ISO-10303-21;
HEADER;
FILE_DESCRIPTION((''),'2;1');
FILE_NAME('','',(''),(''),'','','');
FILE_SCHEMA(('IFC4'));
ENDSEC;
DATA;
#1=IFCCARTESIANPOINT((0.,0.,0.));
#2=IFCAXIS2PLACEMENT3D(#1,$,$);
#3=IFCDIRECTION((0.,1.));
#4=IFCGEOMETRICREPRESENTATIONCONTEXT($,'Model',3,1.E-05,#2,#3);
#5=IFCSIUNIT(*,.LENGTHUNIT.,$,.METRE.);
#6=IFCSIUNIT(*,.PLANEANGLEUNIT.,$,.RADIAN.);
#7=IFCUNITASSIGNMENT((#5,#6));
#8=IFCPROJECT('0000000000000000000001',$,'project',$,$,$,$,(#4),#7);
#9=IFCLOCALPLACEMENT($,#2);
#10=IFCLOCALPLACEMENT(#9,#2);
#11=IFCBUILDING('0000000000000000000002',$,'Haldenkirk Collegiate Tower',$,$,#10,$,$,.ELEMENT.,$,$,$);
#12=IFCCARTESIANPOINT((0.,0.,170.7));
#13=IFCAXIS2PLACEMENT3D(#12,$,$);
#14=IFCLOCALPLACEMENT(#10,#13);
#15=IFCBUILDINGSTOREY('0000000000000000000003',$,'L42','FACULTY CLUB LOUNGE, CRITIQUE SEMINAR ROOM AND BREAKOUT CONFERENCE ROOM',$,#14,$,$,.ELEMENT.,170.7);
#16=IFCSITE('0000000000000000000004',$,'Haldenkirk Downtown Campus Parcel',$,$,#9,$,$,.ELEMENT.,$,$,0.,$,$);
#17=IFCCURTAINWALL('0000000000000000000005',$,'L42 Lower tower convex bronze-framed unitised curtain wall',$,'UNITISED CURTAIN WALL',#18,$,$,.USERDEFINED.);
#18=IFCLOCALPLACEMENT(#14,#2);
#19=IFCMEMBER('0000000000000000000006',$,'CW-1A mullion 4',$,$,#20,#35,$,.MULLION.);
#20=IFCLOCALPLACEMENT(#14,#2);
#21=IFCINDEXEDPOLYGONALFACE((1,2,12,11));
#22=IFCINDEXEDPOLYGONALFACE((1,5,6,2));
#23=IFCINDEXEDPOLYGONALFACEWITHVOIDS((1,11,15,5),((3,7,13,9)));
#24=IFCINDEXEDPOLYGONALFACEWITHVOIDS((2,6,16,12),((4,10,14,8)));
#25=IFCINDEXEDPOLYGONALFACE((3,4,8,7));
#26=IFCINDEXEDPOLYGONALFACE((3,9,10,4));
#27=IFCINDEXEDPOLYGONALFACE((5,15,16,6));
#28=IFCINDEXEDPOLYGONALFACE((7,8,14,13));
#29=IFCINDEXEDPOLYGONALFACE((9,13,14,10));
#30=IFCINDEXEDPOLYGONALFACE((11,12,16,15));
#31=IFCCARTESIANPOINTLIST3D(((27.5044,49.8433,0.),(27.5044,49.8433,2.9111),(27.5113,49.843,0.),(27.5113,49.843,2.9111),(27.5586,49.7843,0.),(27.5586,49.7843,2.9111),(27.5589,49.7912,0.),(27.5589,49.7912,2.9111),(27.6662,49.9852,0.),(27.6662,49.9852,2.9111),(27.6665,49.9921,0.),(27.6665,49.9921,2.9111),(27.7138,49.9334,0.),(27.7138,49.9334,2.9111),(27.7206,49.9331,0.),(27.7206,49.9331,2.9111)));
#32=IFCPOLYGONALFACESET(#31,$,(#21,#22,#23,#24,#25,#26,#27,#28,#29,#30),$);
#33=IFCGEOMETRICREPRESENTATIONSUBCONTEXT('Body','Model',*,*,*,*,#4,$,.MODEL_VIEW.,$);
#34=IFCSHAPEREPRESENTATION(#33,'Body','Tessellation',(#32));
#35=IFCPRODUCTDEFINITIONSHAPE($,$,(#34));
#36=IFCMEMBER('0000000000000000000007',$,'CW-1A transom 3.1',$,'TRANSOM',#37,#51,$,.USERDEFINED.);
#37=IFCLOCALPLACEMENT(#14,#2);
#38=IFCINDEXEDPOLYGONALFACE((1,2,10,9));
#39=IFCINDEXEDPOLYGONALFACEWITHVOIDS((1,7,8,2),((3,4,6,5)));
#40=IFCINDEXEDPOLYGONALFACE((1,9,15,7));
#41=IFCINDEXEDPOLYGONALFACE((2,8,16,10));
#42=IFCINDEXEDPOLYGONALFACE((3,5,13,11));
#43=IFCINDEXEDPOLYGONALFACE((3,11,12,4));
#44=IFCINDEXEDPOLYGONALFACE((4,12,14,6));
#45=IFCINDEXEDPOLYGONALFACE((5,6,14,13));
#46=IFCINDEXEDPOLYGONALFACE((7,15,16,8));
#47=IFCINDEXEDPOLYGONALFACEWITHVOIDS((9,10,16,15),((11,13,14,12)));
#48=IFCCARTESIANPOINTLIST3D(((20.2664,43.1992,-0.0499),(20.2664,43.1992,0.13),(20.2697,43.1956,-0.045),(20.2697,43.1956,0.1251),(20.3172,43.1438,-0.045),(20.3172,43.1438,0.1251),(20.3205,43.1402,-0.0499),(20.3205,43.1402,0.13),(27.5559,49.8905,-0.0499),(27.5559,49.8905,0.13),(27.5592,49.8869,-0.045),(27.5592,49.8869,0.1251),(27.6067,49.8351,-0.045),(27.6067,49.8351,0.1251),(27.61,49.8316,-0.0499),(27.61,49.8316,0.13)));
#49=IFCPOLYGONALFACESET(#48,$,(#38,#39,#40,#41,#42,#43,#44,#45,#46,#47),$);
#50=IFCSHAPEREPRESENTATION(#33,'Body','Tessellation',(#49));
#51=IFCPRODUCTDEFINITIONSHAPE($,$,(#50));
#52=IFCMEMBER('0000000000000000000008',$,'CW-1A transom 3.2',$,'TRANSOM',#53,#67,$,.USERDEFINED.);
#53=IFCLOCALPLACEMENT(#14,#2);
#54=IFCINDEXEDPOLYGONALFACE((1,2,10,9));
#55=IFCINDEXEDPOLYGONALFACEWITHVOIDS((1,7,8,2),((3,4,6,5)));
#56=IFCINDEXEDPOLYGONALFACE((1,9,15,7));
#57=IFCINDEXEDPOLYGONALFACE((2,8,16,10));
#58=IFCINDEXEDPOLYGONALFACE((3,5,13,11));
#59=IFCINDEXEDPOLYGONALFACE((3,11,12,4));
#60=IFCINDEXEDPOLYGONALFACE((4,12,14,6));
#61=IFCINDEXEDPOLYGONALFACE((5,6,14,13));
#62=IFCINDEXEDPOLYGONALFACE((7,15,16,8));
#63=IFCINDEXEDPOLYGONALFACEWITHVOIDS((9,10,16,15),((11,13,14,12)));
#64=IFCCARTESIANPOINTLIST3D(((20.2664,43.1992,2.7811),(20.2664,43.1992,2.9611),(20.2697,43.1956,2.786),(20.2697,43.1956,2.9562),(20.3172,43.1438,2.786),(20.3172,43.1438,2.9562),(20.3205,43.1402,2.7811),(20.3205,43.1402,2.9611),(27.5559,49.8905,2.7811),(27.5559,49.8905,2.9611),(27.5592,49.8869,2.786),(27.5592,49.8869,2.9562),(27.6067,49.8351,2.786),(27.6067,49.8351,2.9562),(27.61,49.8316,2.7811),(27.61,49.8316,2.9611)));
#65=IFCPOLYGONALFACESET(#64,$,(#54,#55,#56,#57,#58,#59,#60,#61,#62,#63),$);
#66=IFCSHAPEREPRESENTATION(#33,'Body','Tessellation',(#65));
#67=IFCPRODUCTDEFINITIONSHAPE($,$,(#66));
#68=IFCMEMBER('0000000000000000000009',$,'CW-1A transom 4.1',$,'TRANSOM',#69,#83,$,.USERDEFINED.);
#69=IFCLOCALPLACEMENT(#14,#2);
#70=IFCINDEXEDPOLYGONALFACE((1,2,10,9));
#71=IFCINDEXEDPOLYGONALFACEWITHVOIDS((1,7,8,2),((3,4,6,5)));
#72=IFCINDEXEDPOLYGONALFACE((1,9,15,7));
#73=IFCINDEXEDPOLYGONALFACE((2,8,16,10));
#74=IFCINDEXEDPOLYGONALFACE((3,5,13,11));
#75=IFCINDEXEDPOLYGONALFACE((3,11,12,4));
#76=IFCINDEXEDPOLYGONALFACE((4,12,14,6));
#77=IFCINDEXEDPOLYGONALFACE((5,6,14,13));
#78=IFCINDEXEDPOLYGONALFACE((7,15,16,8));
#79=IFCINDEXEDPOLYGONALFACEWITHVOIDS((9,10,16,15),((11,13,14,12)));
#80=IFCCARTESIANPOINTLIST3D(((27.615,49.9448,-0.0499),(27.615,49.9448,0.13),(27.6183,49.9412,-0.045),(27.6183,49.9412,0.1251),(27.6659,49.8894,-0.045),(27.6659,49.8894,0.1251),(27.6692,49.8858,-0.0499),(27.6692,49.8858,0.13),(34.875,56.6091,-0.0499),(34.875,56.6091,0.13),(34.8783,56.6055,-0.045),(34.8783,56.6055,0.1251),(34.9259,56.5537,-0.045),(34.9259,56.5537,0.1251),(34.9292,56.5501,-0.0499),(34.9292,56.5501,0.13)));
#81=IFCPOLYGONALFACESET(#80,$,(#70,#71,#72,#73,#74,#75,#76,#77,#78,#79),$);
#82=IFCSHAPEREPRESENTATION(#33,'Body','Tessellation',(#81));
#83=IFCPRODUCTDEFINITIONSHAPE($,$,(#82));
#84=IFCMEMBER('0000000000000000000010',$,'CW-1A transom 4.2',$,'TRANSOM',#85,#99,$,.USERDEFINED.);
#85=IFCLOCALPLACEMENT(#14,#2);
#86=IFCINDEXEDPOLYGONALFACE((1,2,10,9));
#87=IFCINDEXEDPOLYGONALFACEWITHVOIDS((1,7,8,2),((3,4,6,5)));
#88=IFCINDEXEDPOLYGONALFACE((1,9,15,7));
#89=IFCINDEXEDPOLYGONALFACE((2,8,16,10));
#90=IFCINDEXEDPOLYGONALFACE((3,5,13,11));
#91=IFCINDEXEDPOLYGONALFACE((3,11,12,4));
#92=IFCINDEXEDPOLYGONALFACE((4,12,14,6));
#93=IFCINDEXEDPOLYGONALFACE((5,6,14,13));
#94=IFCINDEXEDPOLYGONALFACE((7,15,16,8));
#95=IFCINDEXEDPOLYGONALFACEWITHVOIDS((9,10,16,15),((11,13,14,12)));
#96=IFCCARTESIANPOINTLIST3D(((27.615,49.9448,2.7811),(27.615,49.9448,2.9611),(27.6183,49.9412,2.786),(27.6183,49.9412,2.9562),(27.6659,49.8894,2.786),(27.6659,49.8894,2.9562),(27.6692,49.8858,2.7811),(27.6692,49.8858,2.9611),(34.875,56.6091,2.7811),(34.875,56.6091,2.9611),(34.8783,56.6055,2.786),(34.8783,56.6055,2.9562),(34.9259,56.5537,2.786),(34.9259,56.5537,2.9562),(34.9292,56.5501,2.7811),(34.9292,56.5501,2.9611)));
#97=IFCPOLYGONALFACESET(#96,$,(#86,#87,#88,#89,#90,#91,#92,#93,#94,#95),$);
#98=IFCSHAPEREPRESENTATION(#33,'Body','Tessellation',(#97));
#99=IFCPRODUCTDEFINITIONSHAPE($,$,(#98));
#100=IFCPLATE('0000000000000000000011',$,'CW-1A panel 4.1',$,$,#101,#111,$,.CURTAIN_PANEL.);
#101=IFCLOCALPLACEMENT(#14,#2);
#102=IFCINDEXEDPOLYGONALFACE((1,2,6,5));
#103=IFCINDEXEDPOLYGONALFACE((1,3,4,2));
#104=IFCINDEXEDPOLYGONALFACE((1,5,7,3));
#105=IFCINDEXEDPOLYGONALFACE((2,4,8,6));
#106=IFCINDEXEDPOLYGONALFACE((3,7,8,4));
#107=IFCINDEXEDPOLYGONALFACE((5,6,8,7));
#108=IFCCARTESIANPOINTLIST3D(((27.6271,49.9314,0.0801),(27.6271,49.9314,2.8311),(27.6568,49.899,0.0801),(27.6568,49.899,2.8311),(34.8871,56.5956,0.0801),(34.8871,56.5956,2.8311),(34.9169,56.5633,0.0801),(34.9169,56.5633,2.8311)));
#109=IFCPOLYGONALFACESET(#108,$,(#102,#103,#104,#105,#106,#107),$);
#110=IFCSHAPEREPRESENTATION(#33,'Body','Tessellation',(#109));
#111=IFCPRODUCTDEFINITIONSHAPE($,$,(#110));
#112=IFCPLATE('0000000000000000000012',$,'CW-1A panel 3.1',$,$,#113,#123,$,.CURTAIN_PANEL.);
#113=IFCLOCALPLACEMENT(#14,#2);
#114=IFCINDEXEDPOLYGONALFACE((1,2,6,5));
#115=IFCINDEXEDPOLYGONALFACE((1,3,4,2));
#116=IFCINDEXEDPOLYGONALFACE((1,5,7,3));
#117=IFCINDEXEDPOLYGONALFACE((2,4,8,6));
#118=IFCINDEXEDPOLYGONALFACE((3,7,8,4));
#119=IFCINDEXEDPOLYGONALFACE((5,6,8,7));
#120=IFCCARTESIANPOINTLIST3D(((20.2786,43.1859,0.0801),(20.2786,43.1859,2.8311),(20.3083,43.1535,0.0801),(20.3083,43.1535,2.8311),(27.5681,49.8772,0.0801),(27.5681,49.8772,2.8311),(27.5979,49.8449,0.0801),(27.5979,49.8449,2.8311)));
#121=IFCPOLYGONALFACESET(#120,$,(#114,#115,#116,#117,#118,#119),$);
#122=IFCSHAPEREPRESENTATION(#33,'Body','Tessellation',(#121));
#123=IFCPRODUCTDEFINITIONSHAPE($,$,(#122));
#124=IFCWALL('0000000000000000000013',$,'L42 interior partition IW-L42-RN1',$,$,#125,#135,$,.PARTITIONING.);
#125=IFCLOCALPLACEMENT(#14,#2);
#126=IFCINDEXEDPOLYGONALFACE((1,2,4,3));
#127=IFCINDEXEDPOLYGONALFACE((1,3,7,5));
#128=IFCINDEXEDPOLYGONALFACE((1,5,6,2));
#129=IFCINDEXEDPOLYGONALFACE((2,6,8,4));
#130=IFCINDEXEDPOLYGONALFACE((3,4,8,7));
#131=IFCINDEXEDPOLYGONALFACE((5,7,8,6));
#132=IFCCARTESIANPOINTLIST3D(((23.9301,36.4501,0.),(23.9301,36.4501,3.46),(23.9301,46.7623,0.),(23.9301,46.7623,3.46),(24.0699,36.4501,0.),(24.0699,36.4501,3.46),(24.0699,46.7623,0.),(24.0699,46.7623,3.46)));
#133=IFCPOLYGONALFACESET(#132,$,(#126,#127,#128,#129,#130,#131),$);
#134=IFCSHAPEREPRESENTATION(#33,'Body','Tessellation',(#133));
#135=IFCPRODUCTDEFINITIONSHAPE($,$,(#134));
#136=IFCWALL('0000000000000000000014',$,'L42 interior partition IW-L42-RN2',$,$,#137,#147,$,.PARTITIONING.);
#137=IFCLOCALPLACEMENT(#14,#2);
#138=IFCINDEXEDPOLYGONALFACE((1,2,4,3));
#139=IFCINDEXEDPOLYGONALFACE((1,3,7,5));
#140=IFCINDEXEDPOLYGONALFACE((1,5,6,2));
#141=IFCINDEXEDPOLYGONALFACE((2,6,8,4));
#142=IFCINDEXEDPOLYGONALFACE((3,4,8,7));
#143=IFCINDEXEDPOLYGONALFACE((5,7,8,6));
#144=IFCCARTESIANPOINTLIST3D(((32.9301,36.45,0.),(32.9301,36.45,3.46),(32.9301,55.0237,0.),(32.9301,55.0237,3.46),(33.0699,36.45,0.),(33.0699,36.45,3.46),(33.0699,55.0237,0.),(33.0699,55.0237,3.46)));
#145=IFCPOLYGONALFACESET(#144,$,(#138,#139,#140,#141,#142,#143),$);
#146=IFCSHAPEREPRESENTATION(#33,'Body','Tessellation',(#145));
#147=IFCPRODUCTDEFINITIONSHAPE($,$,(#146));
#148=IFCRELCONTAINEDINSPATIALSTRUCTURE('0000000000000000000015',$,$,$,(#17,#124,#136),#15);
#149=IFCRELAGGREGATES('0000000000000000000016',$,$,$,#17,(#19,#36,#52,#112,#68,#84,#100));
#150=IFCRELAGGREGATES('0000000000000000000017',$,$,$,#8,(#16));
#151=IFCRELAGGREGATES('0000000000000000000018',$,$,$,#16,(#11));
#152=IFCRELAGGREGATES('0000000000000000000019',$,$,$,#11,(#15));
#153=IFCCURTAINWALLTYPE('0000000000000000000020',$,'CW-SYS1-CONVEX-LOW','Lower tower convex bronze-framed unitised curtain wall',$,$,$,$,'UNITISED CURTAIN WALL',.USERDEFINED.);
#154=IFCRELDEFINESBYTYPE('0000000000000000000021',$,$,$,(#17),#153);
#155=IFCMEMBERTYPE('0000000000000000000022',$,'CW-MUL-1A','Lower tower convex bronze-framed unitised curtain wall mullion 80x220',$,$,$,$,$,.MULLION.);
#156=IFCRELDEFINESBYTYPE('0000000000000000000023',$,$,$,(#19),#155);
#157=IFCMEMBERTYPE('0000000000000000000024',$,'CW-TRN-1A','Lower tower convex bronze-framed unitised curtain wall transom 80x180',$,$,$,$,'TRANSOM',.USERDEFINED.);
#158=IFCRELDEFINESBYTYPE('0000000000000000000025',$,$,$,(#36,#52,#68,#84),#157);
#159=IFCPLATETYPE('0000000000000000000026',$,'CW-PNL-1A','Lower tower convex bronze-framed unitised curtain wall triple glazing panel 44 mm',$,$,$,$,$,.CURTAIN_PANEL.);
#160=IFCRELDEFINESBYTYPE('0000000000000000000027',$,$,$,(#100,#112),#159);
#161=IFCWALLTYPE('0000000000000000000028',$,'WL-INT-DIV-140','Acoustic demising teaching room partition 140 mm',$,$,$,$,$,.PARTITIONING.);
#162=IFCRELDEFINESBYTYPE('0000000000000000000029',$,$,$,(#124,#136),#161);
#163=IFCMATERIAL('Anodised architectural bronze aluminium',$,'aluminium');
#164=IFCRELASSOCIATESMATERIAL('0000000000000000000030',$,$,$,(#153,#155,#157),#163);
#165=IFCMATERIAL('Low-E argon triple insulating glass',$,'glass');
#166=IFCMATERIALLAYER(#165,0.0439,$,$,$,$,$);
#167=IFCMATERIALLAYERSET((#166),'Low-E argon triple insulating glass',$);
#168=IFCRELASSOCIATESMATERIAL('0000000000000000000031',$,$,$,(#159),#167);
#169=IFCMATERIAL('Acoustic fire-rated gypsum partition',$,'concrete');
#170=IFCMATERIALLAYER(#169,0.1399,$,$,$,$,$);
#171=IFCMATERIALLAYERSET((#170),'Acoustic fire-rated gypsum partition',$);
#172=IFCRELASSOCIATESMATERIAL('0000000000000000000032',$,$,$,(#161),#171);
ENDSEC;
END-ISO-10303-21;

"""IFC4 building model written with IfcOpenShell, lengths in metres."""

from ifc_helpers import new_model, si_unit, direction, frame, frame_2d, origin, origin_2d, place, context, subcontext, project, spatial, rectangle, hollow_rectangle, extrude, source, transform, mapped, material, layer, layer_set, material_profile, profile_set, type_object, element, aggregate, save


model = new_model("IFC4")

# Units and contexts
model_context = context("Model", 3, precision=1e-05, world=origin(), true_north=direction((0.0, 1.0)))
body_context = subcontext(model_context, "Body", "Model", "MODEL_VIEW")
ifc_project = project(units=[si_unit("LENGTHUNIT", "METRE"), si_unit("PLANEANGLEUNIT", "RADIAN")], contexts=[model_context])

# Site, building, storey
site_placement = place(None, origin())
site = spatial("IfcSite", under=ifc_project, at=site_placement, Name="Haldenkirk Downtown Campus Parcel", CompositionType="ELEMENT", RefElevation=0.0)
building_placement = place(site_placement, origin())
building = spatial("IfcBuilding", under=site, at=building_placement, Name="Haldenkirk Collegiate Tower", CompositionType="ELEMENT")
storey_placement = place(building_placement, frame((0.0, 0.0, 170.7)))
storey = spatial("IfcBuildingStorey", under=building, at=storey_placement, Name="L42", Description="FACULTY CLUB LOUNGE, CRITIQUE SEMINAR ROOM AND BREAKOUT CONFERENCE ROOM", CompositionType="ELEMENT", Elevation=170.7)

# Curtain wall, members, plates
ifc_material_1 = material(Name="Anodised architectural bronze aluminium", Category="aluminium")
curtain_wall_type = type_object("IfcCurtainWallType", Name="CW-SYS1-CONVEX-LOW", Description="Lower tower convex bronze-framed unitised curtain wall", ElementType="UNITISED CURTAIN WALL", PredefinedType="USERDEFINED", material=ifc_material_1)
curtain_wall_placement = place(storey_placement, origin())
curtain_wall = element("IfcCurtainWall", 1, at=curtain_wall_placement, inside=storey, type_object=curtain_wall_type, Name="L42 Lower tower convex bronze-framed unitised curtain wall", ObjectType="UNITISED CURTAIN WALL", PredefinedType="USERDEFINED")
ifc_material_profile_1 = material_profile(ifc_material_1, hollow_rectangle(XDim=0.0801, YDim=0.22, WallThickness=0.0049, at=origin_2d()), Name="CW-MUL-1A")
ifc_profile_set_1 = profile_set([ifc_material_profile_1], Name="Anodised architectural bronze aluminium")
member_type_1 = type_object("IfcMemberType", Name="CW-MUL-1A", Description="Lower tower convex bronze-framed unitised curtain wall mullion 80x220", PredefinedType="MULLION", material=ifc_profile_set_1)
member_1_placement = place(storey_placement, frame((27.6125, 49.8882, 0.0), z_axis=(0.0, 0.0, 1.0), x_axis=(-0.676232, 0.736688, 0.0)))
member_1 = element("IfcMember", 2, at=member_1_placement, type_object=member_type_1, Name="CW-1A mullion 4", PredefinedType="MULLION", context=body_context, shape_type="SweptSolid", body=[
    extrude(hollow_rectangle(XDim=0.0801, YDim=0.22, WallThickness=0.0049, at=origin_2d()), origin(), (0.0, 0.0, 1.0), 2.9111),
])
ifc_material_profile_2 = material_profile(ifc_material_1, hollow_rectangle(XDim=0.0801, YDim=0.1799, WallThickness=0.0049, at=origin_2d()), Name="CW-TRN-1A")
ifc_profile_set_2 = profile_set([ifc_material_profile_2], Name="Anodised architectural bronze aluminium")
member_type_2 = type_object("IfcMemberType", Name="CW-TRN-1A", Description="Lower tower convex bronze-framed unitised curtain wall transom 80x180", ElementType="TRANSOM", PredefinedType="USERDEFINED", material=ifc_profile_set_2)
member_2_placement = place(storey_placement, frame((20.2935, 43.1697, 0.04), z_axis=(0.736685, 0.676236, 0.0), x_axis=(-0.676236, 0.736685, 0.0)))
member_2 = element("IfcMember", 3, at=member_2_placement, type_object=member_type_2, Name="CW-1A transom 3.1", ObjectType="TRANSOM", PredefinedType="USERDEFINED", context=body_context, shape_type="SweptSolid", body=[
    extrude(hollow_rectangle(XDim=0.0801, YDim=0.1799, WallThickness=0.0049, at=origin_2d()), origin(), (0.0, 0.0, 1.0), 9.895),
])
member_3_placement = place(storey_placement, frame((20.2935, 43.1697, 2.8711), z_axis=(0.736685, 0.676236, 0.0), x_axis=(-0.676236, 0.736685, 0.0)))
member_3 = element("IfcMember", 4, at=member_3_placement, type_object=member_type_2, Name="CW-1A transom 3.2", ObjectType="TRANSOM", PredefinedType="USERDEFINED", context=body_context, shape_type="SweptSolid", body=[
    extrude(hollow_rectangle(XDim=0.0801, YDim=0.1799, WallThickness=0.0049, at=origin_2d()), origin(), (0.0, 0.0, 1.0), 9.895),
])
member_4_placement = place(storey_placement, frame((27.6421, 49.9153, 0.04), z_axis=(0.736684, 0.676237, 0.0), x_axis=(-0.676237, 0.736684, 0.0)))
member_4 = element("IfcMember", 5, at=member_4_placement, type_object=member_type_2, Name="CW-1A transom 4.1", ObjectType="TRANSOM", PredefinedType="USERDEFINED", context=body_context, shape_type="SweptSolid", body=[
    extrude(hollow_rectangle(XDim=0.0801, YDim=0.1799, WallThickness=0.0049, at=origin_2d()), origin(), (0.0, 0.0, 1.0), 9.855),
])
member_5_placement = place(storey_placement, frame((27.6421, 49.9153, 2.8711), z_axis=(0.736684, 0.676237, 0.0), x_axis=(-0.676237, 0.736684, 0.0)))
member_5 = element("IfcMember", 6, at=member_5_placement, type_object=member_type_2, Name="CW-1A transom 4.2", ObjectType="TRANSOM", PredefinedType="USERDEFINED", context=body_context, shape_type="SweptSolid", body=[
    extrude(hollow_rectangle(XDim=0.0801, YDim=0.1799, WallThickness=0.0049, at=origin_2d()), origin(), (0.0, 0.0, 1.0), 9.855),
])
ifc_material_2 = material(Name="Low-E argon triple insulating glass", Category="glass")
ifc_layer_1 = layer(ifc_material_2, 0.0439)
ifc_layer_set_1 = layer_set([ifc_layer_1], Name="Low-E argon triple insulating glass")
plate_type = type_object("IfcPlateType", Name="CW-PNL-1A", Description="Lower tower convex bronze-framed unitised curtain wall triple glazing panel 44 mm", PredefinedType="CURTAIN_PANEL", material=ifc_layer_set_1)
shared_shape_1 = source(origin(), body_context, "Body", "SweptSolid", [
    extrude(rectangle(XDim=9.855, YDim=0.0439, at=origin_2d()), origin(), (0.0, 0.0, 1.0), 2.751),
])
plate_1_placement = place(storey_placement, frame((31.272, 53.2473, 0.0801), z_axis=(0.0, 0.0, 1.0), x_axis=(0.736688, 0.676232, 0.0)))
plate_1 = element("IfcPlate", 7, at=plate_1_placement, type_object=plate_type, Name="CW-1A panel 4.1", PredefinedType="CURTAIN_PANEL", context=body_context, shape_type="MappedRepresentation", body=[
    mapped(shared_shape_1, transform((0.0, 0.0, 0.0), x_axis=(1.0, 0.0, 0.0), y_axis=(0.0, 1.0, 0.0), z_axis=(0.0, 0.0, 1.0), scale=1.0)),
])
shared_shape_2 = source(origin(), body_context, "Body", "SweptSolid", [
    extrude(rectangle(XDim=9.895, YDim=0.0439, at=origin_2d()), origin(), (0.0, 0.0, 1.0), 2.751),
])
plate_2_placement = place(storey_placement, frame((23.9382, 46.5154, 0.0801), z_axis=(0.0, 0.0, 1.0), x_axis=(0.736688, 0.676232, 0.0)))
plate_2 = element("IfcPlate", 8, at=plate_2_placement, type_object=plate_type, Name="CW-1A panel 3.1", PredefinedType="CURTAIN_PANEL", context=body_context, shape_type="MappedRepresentation", body=[
    mapped(shared_shape_2, transform((0.0, 0.0, 0.0), x_axis=(1.0, 0.0, 0.0), y_axis=(0.0, 1.0, 0.0), z_axis=(0.0, 0.0, 1.0), scale=1.0)),
])
aggregate(curtain_wall, [member_1, member_2, member_3, plate_2, member_4, member_5, plate_1])

# Walls
ifc_material_3 = material(Name="Acoustic fire-rated gypsum partition", Category="concrete")
ifc_layer_2 = layer(ifc_material_3, 0.1399)
ifc_layer_set_2 = layer_set([ifc_layer_2], Name="Acoustic fire-rated gypsum partition")
wall_type_1 = type_object("IfcWallType", Name="WL-INT-DIV-140", Description="Acoustic demising teaching room partition 140 mm", PredefinedType="PARTITIONING", material=ifc_layer_set_2)
wall_1_placement = place(storey_placement, frame((24.0, 36.45, 0.0), z_axis=(0.0, 0.0, 1.0), x_axis=(0.0, 1.0, 0.0)))
element("IfcWall", 9, at=wall_1_placement, inside=storey, type_object=wall_type_1, Name="L42 interior partition IW-L42-RN1", PredefinedType="PARTITIONING", context=body_context, shape_type="SweptSolid", body=[
    extrude(rectangle(XDim=10.3123, YDim=0.1399, at=frame_2d((5.1562, 0.0))), origin(), (0.0, 0.0, 1.0), 3.46),
])
wall_2_placement = place(storey_placement, frame((33.0, 36.45, 0.0), z_axis=(0.0, 0.0, 1.0), x_axis=(0.0, 1.0, 0.0)))
element("IfcWall", 10, at=wall_2_placement, inside=storey, type_object=wall_type_1, Name="L42 interior partition IW-L42-RN2", PredefinedType="PARTITIONING", context=body_context, shape_type="SweptSolid", body=[
    extrude(rectangle(XDim=18.5737, YDim=0.1399, at=frame_2d((9.2869, 0.0))), origin(), (0.0, 0.0, 1.0), 3.46),
])

save(model, "model.ifc")
